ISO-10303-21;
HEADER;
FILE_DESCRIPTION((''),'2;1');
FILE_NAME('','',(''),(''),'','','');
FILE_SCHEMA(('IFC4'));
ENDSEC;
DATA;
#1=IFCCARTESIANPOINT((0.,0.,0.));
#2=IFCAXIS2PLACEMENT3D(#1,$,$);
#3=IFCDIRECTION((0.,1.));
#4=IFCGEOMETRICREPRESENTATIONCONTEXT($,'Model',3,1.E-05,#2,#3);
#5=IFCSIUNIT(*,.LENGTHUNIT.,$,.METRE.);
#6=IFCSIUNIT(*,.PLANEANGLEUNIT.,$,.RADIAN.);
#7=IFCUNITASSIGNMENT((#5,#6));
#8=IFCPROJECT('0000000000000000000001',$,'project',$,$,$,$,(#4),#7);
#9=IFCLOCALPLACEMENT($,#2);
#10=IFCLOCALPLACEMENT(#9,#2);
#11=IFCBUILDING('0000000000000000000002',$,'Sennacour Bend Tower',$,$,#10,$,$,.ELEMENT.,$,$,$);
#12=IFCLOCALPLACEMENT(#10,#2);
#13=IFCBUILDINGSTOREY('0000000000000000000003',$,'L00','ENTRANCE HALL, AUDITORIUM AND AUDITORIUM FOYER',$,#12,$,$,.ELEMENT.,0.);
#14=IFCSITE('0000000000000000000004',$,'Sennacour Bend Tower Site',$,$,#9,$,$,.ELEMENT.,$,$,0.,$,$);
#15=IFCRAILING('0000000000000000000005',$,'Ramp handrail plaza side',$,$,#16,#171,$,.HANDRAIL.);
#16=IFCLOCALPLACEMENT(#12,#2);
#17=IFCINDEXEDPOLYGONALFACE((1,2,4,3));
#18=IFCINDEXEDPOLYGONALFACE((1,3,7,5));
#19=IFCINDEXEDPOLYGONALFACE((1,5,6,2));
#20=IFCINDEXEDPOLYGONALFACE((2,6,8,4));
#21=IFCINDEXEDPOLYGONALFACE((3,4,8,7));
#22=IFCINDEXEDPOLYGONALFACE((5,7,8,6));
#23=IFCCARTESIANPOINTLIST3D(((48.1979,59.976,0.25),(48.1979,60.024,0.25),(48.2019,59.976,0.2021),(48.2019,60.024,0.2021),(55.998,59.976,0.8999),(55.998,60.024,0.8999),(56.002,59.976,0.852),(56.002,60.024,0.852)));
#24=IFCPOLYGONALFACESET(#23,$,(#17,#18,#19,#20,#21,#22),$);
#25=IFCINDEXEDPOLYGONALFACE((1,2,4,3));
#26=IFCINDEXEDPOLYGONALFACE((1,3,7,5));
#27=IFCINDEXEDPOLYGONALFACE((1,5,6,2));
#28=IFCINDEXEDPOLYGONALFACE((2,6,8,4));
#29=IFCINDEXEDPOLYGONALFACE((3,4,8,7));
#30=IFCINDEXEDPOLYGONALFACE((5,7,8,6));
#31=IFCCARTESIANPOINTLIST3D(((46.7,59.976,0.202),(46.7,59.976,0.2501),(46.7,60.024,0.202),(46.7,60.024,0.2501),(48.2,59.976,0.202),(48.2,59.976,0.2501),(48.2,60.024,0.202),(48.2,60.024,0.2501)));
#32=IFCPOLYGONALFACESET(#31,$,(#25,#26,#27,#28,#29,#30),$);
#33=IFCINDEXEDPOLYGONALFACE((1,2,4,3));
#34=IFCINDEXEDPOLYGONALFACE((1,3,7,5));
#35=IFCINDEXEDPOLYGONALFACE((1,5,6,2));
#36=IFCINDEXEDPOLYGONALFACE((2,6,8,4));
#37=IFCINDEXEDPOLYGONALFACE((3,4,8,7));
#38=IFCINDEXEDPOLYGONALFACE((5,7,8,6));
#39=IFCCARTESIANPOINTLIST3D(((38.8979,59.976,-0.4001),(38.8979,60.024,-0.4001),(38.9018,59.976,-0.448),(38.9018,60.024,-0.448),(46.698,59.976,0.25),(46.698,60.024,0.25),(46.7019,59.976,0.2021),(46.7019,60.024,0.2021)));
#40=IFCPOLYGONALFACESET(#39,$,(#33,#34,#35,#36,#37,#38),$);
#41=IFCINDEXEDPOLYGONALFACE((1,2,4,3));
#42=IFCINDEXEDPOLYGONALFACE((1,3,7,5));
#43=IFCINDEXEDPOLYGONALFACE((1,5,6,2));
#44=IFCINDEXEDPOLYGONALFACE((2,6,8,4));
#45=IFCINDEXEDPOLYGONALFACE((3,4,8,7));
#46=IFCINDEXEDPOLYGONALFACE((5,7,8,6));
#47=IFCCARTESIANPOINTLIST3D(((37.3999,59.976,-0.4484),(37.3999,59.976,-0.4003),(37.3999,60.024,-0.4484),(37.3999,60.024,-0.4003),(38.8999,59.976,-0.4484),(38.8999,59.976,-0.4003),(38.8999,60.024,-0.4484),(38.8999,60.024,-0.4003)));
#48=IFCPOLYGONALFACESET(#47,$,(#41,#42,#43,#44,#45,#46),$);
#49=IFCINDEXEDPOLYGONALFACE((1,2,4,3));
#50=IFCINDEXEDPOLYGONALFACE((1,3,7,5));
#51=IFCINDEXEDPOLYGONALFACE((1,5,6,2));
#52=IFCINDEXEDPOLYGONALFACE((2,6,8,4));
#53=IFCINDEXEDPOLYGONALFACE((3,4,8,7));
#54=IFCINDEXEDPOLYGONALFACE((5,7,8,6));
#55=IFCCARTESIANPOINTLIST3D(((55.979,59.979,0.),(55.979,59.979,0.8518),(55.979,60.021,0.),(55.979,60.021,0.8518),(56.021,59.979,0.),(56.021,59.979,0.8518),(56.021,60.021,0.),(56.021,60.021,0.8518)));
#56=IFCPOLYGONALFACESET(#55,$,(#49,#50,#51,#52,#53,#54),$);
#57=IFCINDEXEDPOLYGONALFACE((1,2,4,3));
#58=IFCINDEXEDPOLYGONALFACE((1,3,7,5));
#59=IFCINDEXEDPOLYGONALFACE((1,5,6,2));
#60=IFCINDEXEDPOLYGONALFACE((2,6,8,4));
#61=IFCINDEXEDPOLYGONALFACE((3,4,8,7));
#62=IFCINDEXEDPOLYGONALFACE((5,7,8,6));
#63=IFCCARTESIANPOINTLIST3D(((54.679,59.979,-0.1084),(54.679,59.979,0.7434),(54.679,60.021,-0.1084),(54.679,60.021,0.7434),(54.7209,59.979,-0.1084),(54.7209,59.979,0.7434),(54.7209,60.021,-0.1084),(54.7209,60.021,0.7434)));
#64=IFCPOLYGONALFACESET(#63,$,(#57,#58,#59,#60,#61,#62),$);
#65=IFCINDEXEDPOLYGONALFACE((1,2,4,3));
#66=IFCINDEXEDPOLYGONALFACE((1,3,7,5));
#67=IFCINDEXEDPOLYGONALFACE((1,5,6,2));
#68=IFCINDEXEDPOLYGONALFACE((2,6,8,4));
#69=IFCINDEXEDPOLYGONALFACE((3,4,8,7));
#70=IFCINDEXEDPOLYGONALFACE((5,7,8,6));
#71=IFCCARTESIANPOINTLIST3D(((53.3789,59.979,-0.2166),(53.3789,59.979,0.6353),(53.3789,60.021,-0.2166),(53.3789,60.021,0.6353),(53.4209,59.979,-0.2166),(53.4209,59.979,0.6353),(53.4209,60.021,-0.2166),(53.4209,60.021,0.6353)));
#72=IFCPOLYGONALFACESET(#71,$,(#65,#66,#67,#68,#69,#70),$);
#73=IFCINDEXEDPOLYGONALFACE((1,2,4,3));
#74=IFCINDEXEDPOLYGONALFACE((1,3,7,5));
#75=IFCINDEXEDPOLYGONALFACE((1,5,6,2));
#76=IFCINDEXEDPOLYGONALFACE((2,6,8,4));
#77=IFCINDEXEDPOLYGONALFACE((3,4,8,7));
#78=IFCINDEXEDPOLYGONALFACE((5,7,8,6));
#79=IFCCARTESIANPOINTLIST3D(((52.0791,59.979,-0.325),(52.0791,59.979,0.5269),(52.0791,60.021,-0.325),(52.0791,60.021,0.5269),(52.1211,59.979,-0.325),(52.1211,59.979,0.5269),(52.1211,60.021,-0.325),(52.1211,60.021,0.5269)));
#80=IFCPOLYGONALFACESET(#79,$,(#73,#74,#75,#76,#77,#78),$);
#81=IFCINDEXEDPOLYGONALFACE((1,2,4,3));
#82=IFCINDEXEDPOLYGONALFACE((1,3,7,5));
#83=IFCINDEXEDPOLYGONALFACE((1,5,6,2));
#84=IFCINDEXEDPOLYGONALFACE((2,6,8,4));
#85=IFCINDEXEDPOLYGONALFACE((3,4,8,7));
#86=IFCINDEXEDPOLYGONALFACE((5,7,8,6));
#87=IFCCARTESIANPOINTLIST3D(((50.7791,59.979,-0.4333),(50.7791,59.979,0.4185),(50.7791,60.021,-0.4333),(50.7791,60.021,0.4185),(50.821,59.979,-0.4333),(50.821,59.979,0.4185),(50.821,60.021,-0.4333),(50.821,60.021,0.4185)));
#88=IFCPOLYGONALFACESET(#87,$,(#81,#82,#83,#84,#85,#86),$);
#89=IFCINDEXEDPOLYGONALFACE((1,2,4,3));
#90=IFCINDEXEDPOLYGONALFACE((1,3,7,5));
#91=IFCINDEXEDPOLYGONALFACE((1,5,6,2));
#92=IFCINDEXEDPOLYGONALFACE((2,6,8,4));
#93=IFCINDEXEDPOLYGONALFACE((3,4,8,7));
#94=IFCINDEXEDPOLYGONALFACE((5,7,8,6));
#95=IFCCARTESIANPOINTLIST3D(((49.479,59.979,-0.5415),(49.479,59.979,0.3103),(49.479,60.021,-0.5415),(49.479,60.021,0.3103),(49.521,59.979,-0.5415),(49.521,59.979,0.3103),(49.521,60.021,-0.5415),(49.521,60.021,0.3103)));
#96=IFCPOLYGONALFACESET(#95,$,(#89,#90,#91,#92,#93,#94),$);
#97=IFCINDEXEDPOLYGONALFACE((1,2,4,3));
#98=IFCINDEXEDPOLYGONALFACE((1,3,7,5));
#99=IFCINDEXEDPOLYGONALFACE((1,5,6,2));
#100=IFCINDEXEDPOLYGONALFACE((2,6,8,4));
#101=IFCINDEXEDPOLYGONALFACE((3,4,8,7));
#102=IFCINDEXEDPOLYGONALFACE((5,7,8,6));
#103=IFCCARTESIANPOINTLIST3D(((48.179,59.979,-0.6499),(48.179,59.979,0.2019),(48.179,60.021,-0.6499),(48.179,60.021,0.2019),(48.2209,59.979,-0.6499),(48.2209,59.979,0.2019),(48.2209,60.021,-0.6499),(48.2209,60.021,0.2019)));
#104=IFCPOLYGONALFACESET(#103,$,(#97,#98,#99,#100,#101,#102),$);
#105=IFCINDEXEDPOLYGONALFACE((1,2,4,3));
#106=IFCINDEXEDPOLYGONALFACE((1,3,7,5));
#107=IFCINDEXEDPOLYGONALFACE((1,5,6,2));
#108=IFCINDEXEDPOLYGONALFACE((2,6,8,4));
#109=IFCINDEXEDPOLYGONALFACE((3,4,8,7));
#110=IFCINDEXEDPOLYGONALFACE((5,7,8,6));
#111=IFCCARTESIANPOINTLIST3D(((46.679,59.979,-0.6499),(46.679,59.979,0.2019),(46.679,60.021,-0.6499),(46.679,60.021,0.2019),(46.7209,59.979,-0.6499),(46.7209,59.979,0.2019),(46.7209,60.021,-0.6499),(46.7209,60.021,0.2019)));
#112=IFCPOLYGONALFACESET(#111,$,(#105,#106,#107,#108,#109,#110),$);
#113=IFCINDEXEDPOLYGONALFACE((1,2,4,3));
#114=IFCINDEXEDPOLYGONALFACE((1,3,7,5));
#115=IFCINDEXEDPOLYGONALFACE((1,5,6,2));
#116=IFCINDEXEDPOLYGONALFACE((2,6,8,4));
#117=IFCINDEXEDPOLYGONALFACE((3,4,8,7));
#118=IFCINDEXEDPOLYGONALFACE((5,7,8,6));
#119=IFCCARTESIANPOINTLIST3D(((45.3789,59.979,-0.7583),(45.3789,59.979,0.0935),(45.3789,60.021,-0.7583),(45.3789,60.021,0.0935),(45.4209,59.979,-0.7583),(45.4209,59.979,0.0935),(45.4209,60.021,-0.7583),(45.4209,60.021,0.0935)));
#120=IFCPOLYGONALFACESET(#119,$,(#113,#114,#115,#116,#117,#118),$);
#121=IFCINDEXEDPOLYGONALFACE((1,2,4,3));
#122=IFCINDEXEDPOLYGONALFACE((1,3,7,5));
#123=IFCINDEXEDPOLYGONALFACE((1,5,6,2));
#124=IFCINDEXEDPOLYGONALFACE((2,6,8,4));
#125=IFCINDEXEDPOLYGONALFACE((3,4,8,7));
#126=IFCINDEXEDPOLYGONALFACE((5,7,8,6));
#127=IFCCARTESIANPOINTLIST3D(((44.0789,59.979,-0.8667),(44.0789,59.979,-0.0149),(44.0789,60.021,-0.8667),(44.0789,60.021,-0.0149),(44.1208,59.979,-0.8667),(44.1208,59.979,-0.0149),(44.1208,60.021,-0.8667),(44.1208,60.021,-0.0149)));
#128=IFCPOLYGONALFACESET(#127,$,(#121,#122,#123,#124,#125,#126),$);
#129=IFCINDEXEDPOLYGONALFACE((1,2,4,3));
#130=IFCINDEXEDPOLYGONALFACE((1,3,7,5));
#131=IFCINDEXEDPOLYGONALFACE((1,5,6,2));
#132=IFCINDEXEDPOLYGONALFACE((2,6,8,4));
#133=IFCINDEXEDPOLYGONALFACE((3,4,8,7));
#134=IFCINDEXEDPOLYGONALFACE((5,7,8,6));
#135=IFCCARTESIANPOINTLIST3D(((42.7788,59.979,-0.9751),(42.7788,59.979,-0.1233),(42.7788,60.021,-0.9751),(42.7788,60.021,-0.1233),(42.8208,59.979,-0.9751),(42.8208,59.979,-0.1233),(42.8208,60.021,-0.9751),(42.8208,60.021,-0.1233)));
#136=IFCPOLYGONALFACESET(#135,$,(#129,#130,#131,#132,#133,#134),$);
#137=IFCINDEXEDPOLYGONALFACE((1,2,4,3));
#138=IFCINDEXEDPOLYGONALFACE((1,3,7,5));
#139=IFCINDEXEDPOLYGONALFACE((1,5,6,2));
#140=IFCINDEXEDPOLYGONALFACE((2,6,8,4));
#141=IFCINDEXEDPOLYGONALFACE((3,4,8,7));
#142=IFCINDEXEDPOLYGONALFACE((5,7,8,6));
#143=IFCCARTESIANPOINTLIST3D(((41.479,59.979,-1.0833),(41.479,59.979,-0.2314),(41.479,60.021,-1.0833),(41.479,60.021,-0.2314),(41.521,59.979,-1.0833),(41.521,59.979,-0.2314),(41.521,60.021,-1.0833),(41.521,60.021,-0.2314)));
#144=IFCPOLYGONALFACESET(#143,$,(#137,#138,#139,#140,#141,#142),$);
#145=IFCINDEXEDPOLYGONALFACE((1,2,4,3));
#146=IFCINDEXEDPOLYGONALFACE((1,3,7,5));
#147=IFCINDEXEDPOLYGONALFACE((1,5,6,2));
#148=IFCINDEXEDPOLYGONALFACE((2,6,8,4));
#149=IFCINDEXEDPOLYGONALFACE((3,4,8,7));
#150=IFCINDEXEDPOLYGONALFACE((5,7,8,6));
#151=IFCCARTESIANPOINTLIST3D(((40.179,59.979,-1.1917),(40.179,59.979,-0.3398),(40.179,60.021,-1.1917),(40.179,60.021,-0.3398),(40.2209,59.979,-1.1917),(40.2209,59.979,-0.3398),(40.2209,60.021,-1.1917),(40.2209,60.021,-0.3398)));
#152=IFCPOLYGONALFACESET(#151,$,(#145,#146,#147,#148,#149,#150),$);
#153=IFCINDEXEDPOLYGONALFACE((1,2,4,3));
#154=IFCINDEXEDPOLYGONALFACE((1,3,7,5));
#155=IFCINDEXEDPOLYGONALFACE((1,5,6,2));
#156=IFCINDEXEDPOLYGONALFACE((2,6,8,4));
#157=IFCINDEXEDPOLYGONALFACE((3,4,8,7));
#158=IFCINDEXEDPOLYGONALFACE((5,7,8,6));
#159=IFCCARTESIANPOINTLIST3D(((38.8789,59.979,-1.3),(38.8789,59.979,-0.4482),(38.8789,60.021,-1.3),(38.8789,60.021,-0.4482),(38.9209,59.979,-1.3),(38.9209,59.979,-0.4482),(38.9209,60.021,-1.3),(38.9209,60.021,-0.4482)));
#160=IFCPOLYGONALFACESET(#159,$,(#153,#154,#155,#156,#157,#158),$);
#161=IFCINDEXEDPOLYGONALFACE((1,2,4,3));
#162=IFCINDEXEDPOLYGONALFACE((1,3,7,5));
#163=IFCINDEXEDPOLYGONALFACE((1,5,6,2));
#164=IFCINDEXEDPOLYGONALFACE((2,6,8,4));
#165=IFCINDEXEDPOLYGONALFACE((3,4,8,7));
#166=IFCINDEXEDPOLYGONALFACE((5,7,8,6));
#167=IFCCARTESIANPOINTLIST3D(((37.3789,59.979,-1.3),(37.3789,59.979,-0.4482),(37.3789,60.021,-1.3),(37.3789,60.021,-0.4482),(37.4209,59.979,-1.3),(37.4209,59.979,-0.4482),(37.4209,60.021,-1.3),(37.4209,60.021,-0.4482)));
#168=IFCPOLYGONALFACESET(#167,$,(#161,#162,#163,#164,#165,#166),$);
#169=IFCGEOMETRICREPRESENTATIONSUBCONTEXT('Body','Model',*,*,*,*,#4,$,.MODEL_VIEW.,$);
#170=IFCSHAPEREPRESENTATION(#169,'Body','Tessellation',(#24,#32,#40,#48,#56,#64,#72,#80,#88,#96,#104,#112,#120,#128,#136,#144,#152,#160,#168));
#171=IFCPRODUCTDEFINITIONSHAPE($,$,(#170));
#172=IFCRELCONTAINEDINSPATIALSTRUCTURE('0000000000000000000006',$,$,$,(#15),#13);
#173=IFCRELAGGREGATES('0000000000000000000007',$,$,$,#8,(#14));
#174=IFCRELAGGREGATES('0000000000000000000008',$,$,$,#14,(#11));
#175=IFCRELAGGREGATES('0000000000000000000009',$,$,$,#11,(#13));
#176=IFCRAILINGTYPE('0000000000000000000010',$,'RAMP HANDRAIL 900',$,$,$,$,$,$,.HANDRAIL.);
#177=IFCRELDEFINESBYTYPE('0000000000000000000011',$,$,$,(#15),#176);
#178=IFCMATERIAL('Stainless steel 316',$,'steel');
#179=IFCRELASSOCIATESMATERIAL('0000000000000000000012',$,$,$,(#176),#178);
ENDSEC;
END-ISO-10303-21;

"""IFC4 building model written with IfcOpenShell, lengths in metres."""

from ifc_helpers import new_model, si_unit, direction, frame, origin, origin_2d, place, context, subcontext, project, spatial, rectangle, extrude, material, type_object, element, save


model = new_model("IFC4")

# Units and contexts
model_context = context("Model", 3, precision=1e-05, world=origin(), true_north=direction((0.0, 1.0)))
body_context = subcontext(model_context, "Body", "Model", "MODEL_VIEW")
ifc_project = project(units=[si_unit("LENGTHUNIT", "METRE"), si_unit("PLANEANGLEUNIT", "RADIAN")], contexts=[model_context])

# Site, building, storey
site_placement = place(None, origin())
site = spatial("IfcSite", under=ifc_project, at=site_placement, Name="Sennacour Bend Tower Site", CompositionType="ELEMENT", RefElevation=0.0)
building_placement = place(site_placement, origin())
building = spatial("IfcBuilding", under=site, at=building_placement, Name="Sennacour Bend Tower", CompositionType="ELEMENT")
storey_placement = place(building_placement, origin())
storey = spatial("IfcBuildingStorey", under=building, at=storey_placement, Name="L00", Description="ENTRANCE HALL, AUDITORIUM AND AUDITORIUM FOYER", CompositionType="ELEMENT", Elevation=0.0)

# Railing
ifc_material_1 = material(Name="Stainless steel 316", Category="steel")
railing_type_1 = type_object("IfcRailingType", Name="RAMP HANDRAIL 900", PredefinedType="HANDRAIL", material=ifc_material_1)
railing_1_placement = place(storey_placement, frame((56.0, 60.0, 0.0)))
element("IfcRailing", 1, at=railing_1_placement, inside=storey, type_object=railing_type_1, Name="Ramp handrail plaza side", PredefinedType="HANDRAIL", context=body_context, shape_type="SweptSolid", body=[
    extrude(rectangle(XDim=0.0481, YDim=0.0481, at=origin_2d()), frame((0.0, 0.0, 0.876), z_axis=(-0.996547, 0.0, -0.083033), x_axis=(0.0, -1.0, 0.0)), (0.0, 0.0, 1.0), 7.8271),
    extrude(rectangle(XDim=0.0481, YDim=0.0481, at=origin_2d()), frame((-7.8, 0.0, 0.2261), z_axis=(-1.0, 0.0, 0.0), x_axis=(0.0, -1.0, 0.0)), (0.0, 0.0, 1.0), 1.5),
    extrude(rectangle(XDim=0.0481, YDim=0.0481, at=origin_2d()), frame((-9.3, 0.0, 0.2261), z_axis=(-0.996544, 0.0, -0.083064), x_axis=(0.0, -1.0, 0.0)), (0.0, 0.0, 1.0), 7.8271),
    extrude(rectangle(XDim=0.0481, YDim=0.0481, at=origin_2d()), frame((-17.1001, 0.0, -0.4243), z_axis=(-1.0, 0.0, 0.0), x_axis=(0.0, -1.0, 0.0)), (0.0, 0.0, 1.0), 1.5),
    extrude(rectangle(XDim=0.042, YDim=0.042, at=origin_2d()), origin(), (0.0, 0.0, 1.0), 0.8518),
    extrude(rectangle(XDim=0.042, YDim=0.042, at=origin_2d()), frame((-1.3, 0.0, -0.1084)), (0.0, 0.0, 1.0), 0.8518),
    extrude(rectangle(XDim=0.042, YDim=0.042, at=origin_2d()), frame((-2.6001, 0.0, -0.2166)), (0.0, 0.0, 1.0), 0.8518),
    extrude(rectangle(XDim=0.042, YDim=0.042, at=origin_2d()), frame((-3.8999, 0.0, -0.325)), (0.0, 0.0, 1.0), 0.8518),
    extrude(rectangle(XDim=0.042, YDim=0.042, at=origin_2d()), frame((-5.2, 0.0, -0.4333)), (0.0, 0.0, 1.0), 0.8518),
    extrude(rectangle(XDim=0.042, YDim=0.042, at=origin_2d()), frame((-6.5, 0.0, -0.5415)), (0.0, 0.0, 1.0), 0.8518),
    extrude(rectangle(XDim=0.042, YDim=0.042, at=origin_2d()), frame((-7.8, 0.0, -0.6499)), (0.0, 0.0, 1.0), 0.8518),
    extrude(rectangle(XDim=0.042, YDim=0.042, at=origin_2d()), frame((-9.3, 0.0, -0.6499)), (0.0, 0.0, 1.0), 0.8518),
    extrude(rectangle(XDim=0.042, YDim=0.042, at=origin_2d()), frame((-10.6001, 0.0, -0.7583)), (0.0, 0.0, 1.0), 0.8518),
    extrude(rectangle(XDim=0.042, YDim=0.042, at=origin_2d()), frame((-11.9001, 0.0, -0.8667)), (0.0, 0.0, 1.0), 0.8518),
    extrude(rectangle(XDim=0.042, YDim=0.042, at=origin_2d()), frame((-13.2002, 0.0, -0.9751)), (0.0, 0.0, 1.0), 0.8518),
    extrude(rectangle(XDim=0.042, YDim=0.042, at=origin_2d()), frame((-14.5, 0.0, -1.0833)), (0.0, 0.0, 1.0), 0.8518),
    extrude(rectangle(XDim=0.042, YDim=0.042, at=origin_2d()), frame((-15.8, 0.0, -1.1917)), (0.0, 0.0, 1.0), 0.8518),
    extrude(rectangle(XDim=0.042, YDim=0.042, at=origin_2d()), frame((-17.1001, 0.0, -1.3)), (0.0, 0.0, 1.0), 0.8518),
    extrude(rectangle(XDim=0.042, YDim=0.042, at=origin_2d()), frame((-18.6001, 0.0, -1.3)), (0.0, 0.0, 1.0), 0.8518),
])

save(model, "model.ifc")
